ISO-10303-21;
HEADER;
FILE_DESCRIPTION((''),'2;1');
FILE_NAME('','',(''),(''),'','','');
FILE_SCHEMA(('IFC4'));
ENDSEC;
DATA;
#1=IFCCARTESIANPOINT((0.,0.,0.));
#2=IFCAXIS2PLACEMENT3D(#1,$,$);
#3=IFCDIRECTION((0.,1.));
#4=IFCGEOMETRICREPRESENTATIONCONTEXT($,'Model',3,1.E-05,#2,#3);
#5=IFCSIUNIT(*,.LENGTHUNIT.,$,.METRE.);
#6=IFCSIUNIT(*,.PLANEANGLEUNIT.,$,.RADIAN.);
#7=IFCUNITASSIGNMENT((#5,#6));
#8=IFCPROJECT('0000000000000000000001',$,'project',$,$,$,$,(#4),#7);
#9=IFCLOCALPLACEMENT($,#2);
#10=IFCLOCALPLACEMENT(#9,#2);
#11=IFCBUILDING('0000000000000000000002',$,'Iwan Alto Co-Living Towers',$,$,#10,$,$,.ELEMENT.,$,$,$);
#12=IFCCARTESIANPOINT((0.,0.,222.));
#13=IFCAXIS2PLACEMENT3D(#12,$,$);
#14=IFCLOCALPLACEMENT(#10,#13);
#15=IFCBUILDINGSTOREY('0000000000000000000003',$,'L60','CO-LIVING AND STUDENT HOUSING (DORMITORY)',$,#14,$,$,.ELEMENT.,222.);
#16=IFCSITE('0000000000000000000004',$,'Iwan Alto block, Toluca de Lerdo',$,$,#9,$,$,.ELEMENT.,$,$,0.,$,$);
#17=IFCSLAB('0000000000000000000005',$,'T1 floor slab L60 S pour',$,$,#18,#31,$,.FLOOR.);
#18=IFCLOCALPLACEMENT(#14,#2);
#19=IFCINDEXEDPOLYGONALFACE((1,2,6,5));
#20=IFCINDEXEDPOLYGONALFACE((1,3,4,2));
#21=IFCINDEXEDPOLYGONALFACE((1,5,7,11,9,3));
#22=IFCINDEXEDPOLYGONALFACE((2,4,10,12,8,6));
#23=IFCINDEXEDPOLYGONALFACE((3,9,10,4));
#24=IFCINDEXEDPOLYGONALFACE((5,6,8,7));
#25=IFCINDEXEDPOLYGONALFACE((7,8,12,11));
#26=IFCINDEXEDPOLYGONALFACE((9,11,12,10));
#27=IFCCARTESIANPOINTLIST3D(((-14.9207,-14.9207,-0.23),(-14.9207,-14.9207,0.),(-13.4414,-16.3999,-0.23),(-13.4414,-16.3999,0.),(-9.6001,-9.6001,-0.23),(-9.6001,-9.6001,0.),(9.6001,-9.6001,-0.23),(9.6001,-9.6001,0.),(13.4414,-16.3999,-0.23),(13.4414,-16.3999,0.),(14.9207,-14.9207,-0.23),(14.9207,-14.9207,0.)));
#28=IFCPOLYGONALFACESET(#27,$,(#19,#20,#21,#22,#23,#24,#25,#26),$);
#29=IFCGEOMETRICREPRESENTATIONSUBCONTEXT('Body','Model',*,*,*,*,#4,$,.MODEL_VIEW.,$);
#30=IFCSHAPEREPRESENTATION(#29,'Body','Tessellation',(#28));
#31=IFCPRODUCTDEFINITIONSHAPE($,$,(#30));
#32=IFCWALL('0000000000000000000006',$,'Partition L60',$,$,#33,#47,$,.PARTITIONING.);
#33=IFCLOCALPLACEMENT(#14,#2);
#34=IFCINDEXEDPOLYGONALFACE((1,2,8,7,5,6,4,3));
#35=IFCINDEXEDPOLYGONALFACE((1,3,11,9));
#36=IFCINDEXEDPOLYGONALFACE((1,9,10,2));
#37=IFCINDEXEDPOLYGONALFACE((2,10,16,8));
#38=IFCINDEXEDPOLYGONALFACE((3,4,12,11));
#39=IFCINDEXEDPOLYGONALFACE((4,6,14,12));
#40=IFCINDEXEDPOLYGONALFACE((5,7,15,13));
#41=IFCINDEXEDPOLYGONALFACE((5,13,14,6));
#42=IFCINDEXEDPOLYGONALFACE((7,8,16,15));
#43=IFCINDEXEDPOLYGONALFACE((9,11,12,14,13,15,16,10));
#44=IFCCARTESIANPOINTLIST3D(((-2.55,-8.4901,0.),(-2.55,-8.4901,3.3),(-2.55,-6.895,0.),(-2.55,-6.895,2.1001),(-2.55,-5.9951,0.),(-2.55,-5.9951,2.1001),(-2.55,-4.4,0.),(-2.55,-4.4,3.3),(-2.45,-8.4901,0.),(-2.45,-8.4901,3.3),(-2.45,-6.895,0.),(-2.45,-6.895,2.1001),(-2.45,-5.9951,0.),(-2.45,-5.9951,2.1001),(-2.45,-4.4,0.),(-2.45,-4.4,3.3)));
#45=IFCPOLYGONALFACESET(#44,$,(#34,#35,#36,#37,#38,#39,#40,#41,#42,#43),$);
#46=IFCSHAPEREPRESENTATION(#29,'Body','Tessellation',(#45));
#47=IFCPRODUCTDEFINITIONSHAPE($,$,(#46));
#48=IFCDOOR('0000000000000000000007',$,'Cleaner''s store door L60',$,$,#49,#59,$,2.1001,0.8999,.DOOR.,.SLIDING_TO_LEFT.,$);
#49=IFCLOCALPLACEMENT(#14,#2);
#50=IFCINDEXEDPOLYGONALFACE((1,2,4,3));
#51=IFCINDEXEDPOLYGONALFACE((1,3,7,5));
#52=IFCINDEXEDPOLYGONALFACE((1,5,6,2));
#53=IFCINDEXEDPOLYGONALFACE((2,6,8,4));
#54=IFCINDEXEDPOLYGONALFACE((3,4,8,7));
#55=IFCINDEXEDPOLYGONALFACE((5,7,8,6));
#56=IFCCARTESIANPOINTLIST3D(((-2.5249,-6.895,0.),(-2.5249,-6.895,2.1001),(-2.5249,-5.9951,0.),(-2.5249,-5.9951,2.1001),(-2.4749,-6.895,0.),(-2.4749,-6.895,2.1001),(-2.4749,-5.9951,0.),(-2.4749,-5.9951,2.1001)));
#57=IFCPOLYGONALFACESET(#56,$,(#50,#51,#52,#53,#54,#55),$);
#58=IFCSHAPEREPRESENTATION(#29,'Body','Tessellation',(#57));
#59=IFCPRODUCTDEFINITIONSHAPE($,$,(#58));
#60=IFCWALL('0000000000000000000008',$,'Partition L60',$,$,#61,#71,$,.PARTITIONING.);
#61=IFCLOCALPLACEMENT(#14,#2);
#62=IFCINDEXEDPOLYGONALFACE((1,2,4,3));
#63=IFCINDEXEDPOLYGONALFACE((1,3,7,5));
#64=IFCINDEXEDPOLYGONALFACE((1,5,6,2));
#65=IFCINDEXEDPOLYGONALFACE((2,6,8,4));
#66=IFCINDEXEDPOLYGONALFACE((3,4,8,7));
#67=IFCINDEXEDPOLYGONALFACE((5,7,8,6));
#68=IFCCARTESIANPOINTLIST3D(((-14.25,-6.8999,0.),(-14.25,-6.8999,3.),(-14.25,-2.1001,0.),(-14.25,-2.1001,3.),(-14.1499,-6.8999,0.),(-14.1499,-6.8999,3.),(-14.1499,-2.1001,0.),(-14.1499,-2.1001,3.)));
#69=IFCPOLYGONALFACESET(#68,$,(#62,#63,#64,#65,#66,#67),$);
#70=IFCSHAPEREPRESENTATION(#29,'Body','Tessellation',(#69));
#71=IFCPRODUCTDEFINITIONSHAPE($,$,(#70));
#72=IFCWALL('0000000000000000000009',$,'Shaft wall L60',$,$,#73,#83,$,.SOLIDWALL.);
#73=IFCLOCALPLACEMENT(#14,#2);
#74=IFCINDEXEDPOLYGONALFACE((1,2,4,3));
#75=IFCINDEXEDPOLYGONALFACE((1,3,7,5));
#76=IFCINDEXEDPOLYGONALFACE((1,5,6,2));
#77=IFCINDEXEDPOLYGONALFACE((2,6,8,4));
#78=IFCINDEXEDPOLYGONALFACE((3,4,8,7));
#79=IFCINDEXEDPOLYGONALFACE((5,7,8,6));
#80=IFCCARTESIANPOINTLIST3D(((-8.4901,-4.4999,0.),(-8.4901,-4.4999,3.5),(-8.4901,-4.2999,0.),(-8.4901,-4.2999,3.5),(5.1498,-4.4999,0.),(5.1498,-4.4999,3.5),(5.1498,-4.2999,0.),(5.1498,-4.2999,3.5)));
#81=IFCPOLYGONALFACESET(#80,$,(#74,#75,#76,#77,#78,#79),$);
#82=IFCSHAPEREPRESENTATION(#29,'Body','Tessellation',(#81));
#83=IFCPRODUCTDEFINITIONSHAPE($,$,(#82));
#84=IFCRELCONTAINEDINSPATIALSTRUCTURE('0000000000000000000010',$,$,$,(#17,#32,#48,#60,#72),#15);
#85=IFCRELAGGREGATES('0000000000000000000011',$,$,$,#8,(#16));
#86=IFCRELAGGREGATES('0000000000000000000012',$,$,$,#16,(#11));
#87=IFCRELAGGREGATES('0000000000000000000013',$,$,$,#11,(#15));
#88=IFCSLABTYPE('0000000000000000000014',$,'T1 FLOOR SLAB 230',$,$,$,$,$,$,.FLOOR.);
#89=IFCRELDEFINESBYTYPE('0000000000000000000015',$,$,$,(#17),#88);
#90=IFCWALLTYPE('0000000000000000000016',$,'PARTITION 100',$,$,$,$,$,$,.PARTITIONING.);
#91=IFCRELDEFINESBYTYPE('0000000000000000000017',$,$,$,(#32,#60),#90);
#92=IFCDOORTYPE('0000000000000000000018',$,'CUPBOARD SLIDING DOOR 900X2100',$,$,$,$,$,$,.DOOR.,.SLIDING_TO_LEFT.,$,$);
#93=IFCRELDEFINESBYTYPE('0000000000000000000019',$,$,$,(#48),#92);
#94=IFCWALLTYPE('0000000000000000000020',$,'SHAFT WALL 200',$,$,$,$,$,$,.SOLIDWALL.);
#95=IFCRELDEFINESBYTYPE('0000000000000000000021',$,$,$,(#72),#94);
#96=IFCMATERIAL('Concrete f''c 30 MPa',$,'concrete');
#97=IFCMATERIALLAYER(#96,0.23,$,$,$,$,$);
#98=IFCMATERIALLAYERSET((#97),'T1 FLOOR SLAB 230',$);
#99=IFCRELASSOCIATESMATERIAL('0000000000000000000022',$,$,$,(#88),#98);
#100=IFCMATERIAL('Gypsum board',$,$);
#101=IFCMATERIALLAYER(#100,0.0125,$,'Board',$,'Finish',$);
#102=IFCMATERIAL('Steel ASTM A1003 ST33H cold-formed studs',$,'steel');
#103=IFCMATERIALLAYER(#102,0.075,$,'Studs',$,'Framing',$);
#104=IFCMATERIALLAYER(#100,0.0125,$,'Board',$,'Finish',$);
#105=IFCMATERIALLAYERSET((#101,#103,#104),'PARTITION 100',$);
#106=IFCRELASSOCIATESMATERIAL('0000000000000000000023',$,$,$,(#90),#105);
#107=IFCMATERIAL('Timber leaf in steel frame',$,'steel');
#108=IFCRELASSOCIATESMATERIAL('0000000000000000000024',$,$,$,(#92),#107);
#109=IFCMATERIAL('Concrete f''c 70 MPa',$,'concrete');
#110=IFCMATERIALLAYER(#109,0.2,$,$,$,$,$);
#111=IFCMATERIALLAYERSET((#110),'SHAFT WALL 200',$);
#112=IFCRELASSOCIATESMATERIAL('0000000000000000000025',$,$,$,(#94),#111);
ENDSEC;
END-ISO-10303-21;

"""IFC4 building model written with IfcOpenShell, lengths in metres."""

from ifc_helpers import new_model, si_unit, direction, frame, frame_2d, origin, place, context, subcontext, project, spatial, polyline, rectangle, outline, extrude, material, layer, layer_set, type_object, element, fill, save


model = new_model("IFC4")

# Units and contexts
model_context = context("Model", 3, precision=1e-05, world=origin(), true_north=direction((0.0, 1.0)))
body_context = subcontext(model_context, "Body", "Model", "MODEL_VIEW")
ifc_project = project(units=[si_unit("LENGTHUNIT", "METRE"), si_unit("PLANEANGLEUNIT", "RADIAN")], contexts=[model_context])

# Site, building, storey
site_placement = place(None, origin())
site = spatial("IfcSite", under=ifc_project, at=site_placement, Name="Iwan Alto block, Toluca de Lerdo", CompositionType="ELEMENT", RefElevation=0.0)
building_placement = place(site_placement, origin())
building = spatial("IfcBuilding", under=site, at=building_placement, Name="Iwan Alto Co-Living Towers", CompositionType="ELEMENT")
storey_placement = place(building_placement, frame((0.0, 0.0, 222.0)))
storey = spatial("IfcBuildingStorey", under=building, at=storey_placement, Name="L60", Description="CO-LIVING AND STUDENT HOUSING (DORMITORY)", CompositionType="ELEMENT", Elevation=222.0)

# Slab
ifc_material_1 = material(Name="Concrete f'c 30 MPa", Category="concrete")
ifc_layer_1 = layer(ifc_material_1, 0.23)
ifc_layer_set_1 = layer_set([ifc_layer_1], Name="T1 FLOOR SLAB 230")
slab_type = type_object("IfcSlabType", Name="T1 FLOOR SLAB 230", PredefinedType="FLOOR", material=ifc_layer_set_1)
slab_placement = place(storey_placement, frame((0.0, 0.0, -0.23)))
element("IfcSlab", 1, at=slab_placement, inside=storey, type_object=slab_type, Name="T1 floor slab L60 S pour", PredefinedType="FLOOR", context=body_context, shape_type="SweptSolid", body=[
    extrude(outline(polyline([(13.4414, -16.3999), (-13.4414, -16.3999), (-14.9207, -14.9207), (-9.6001, -9.6001), (9.6001, -9.6001), (14.9207, -14.9207), (13.4414, -16.3999)])), origin(), (0.0, 0.0, 1.0), 0.23),
])

# Wall, opening, door
ifc_material_2 = material(Name="Gypsum board")
ifc_layer_2 = layer(ifc_material_2, 0.0125, Name="Board", Category="Finish")
ifc_material_3 = material(Name="Steel ASTM A1003 ST33H cold-formed studs", Category="steel")
ifc_layer_3 = layer(ifc_material_3, 0.075, Name="Studs", Category="Framing")
ifc_layer_4 = layer(ifc_material_2, 0.0125, Name="Board", Category="Finish")
ifc_layer_set_2 = layer_set([ifc_layer_2, ifc_layer_3, ifc_layer_4], Name="PARTITION 100")
wall_type_1 = type_object("IfcWallType", Name="PARTITION 100", PredefinedType="PARTITIONING", material=ifc_layer_set_2)
wall_1_placement = place(storey_placement, frame((-2.5, -8.49, 0.0), z_axis=(0.0, 0.0, 1.0), x_axis=(0.0, 1.0, 0.0)))
wall_1 = element("IfcWall", 2, at=wall_1_placement, inside=storey, type_object=wall_type_1, Name="Partition L60", PredefinedType="PARTITIONING", context=body_context, shape_type="SweptSolid", body=[
    extrude(rectangle(XDim=4.0901, YDim=0.1001, at=frame_2d((2.0449, 0.0))), origin(), (0.0, 0.0, 1.0), 3.3),
])
opening_1_placement = place(wall_1_placement, frame((1.595, 0.0, 0.0)))
opening_1 = element("IfcOpeningElement", 3, at=opening_1_placement, cuts=wall_1, PredefinedType="OPENING", context=body_context, shape_type="SweptSolid", body=[
    extrude(rectangle(XDim=0.8999, YDim=2.1001, at=frame_2d((0.45, 1.05))), frame((0.0, 0.0601, 0.0), z_axis=(0.0, -1.0, 0.0), x_axis=(1.0, 0.0, 0.0)), (0.0, 0.0, 1.0), 0.1201),
])
ifc_material_4 = material(Name="Timber leaf in steel frame", Category="steel")
door_type_1 = type_object("IfcDoorType", Name="CUPBOARD SLIDING DOOR 900X2100", OperationType="SLIDING_TO_LEFT", PredefinedType="DOOR", material=ifc_material_4)
door_1_placement = place(opening_1_placement, origin())
door_1 = element("IfcDoor", 4, at=door_1_placement, inside=storey, type_object=door_type_1, Name="Cleaner's store door L60", OperationType="SLIDING_TO_LEFT", OverallHeight=2.1001, OverallWidth=0.8999, PredefinedType="DOOR", context=body_context, shape_type="SweptSolid", body=[
    extrude(rectangle(XDim=0.8999, YDim=2.1001, at=frame_2d((0.45, 1.05))), frame((0.0, 0.0249, 0.0), z_axis=(0.0, -1.0, 0.0), x_axis=(1.0, 0.0, 0.0)), (0.0, 0.0, 1.0), 0.05),
])
fill(opening_1, door_1)

# Walls
wall_2_placement = place(storey_placement, frame((-14.2, -6.8999, 0.0), z_axis=(0.0, 0.0, 1.0), x_axis=(0.0, 1.0, 0.0)))
element("IfcWall", 5, at=wall_2_placement, inside=storey, type_object=wall_type_1, Name="Partition L60", PredefinedType="PARTITIONING", context=body_context, shape_type="SweptSolid", body=[
    extrude(rectangle(XDim=4.7998, YDim=0.1001, at=frame_2d((2.3999, 0.0))), origin(), (0.0, 0.0, 1.0), 3.0),
])
ifc_material_5 = material(Name="Concrete f'c 70 MPa", Category="concrete")
ifc_layer_5 = layer(ifc_material_5, 0.2)
ifc_layer_set_3 = layer_set([ifc_layer_5], Name="SHAFT WALL 200")
wall_type_2 = type_object("IfcWallType", Name="SHAFT WALL 200", PredefinedType="SOLIDWALL", material=ifc_layer_set_3)
wall_3_placement = place(storey_placement, frame((-8.49, -4.3999, 0.0), z_axis=(0.0, 0.0, 1.0), x_axis=(1.0, 0.0, 0.0)))
element("IfcWall", 6, at=wall_3_placement, inside=storey, type_object=wall_type_2, Name="Shaft wall L60", PredefinedType="SOLIDWALL", context=body_context, shape_type="SweptSolid", body=[
    extrude(rectangle(XDim=13.6399, YDim=0.2, at=frame_2d((6.8198, 0.0))), origin(), (0.0, 0.0, 1.0), 3.5),
])

save(model, "model.ifc")
